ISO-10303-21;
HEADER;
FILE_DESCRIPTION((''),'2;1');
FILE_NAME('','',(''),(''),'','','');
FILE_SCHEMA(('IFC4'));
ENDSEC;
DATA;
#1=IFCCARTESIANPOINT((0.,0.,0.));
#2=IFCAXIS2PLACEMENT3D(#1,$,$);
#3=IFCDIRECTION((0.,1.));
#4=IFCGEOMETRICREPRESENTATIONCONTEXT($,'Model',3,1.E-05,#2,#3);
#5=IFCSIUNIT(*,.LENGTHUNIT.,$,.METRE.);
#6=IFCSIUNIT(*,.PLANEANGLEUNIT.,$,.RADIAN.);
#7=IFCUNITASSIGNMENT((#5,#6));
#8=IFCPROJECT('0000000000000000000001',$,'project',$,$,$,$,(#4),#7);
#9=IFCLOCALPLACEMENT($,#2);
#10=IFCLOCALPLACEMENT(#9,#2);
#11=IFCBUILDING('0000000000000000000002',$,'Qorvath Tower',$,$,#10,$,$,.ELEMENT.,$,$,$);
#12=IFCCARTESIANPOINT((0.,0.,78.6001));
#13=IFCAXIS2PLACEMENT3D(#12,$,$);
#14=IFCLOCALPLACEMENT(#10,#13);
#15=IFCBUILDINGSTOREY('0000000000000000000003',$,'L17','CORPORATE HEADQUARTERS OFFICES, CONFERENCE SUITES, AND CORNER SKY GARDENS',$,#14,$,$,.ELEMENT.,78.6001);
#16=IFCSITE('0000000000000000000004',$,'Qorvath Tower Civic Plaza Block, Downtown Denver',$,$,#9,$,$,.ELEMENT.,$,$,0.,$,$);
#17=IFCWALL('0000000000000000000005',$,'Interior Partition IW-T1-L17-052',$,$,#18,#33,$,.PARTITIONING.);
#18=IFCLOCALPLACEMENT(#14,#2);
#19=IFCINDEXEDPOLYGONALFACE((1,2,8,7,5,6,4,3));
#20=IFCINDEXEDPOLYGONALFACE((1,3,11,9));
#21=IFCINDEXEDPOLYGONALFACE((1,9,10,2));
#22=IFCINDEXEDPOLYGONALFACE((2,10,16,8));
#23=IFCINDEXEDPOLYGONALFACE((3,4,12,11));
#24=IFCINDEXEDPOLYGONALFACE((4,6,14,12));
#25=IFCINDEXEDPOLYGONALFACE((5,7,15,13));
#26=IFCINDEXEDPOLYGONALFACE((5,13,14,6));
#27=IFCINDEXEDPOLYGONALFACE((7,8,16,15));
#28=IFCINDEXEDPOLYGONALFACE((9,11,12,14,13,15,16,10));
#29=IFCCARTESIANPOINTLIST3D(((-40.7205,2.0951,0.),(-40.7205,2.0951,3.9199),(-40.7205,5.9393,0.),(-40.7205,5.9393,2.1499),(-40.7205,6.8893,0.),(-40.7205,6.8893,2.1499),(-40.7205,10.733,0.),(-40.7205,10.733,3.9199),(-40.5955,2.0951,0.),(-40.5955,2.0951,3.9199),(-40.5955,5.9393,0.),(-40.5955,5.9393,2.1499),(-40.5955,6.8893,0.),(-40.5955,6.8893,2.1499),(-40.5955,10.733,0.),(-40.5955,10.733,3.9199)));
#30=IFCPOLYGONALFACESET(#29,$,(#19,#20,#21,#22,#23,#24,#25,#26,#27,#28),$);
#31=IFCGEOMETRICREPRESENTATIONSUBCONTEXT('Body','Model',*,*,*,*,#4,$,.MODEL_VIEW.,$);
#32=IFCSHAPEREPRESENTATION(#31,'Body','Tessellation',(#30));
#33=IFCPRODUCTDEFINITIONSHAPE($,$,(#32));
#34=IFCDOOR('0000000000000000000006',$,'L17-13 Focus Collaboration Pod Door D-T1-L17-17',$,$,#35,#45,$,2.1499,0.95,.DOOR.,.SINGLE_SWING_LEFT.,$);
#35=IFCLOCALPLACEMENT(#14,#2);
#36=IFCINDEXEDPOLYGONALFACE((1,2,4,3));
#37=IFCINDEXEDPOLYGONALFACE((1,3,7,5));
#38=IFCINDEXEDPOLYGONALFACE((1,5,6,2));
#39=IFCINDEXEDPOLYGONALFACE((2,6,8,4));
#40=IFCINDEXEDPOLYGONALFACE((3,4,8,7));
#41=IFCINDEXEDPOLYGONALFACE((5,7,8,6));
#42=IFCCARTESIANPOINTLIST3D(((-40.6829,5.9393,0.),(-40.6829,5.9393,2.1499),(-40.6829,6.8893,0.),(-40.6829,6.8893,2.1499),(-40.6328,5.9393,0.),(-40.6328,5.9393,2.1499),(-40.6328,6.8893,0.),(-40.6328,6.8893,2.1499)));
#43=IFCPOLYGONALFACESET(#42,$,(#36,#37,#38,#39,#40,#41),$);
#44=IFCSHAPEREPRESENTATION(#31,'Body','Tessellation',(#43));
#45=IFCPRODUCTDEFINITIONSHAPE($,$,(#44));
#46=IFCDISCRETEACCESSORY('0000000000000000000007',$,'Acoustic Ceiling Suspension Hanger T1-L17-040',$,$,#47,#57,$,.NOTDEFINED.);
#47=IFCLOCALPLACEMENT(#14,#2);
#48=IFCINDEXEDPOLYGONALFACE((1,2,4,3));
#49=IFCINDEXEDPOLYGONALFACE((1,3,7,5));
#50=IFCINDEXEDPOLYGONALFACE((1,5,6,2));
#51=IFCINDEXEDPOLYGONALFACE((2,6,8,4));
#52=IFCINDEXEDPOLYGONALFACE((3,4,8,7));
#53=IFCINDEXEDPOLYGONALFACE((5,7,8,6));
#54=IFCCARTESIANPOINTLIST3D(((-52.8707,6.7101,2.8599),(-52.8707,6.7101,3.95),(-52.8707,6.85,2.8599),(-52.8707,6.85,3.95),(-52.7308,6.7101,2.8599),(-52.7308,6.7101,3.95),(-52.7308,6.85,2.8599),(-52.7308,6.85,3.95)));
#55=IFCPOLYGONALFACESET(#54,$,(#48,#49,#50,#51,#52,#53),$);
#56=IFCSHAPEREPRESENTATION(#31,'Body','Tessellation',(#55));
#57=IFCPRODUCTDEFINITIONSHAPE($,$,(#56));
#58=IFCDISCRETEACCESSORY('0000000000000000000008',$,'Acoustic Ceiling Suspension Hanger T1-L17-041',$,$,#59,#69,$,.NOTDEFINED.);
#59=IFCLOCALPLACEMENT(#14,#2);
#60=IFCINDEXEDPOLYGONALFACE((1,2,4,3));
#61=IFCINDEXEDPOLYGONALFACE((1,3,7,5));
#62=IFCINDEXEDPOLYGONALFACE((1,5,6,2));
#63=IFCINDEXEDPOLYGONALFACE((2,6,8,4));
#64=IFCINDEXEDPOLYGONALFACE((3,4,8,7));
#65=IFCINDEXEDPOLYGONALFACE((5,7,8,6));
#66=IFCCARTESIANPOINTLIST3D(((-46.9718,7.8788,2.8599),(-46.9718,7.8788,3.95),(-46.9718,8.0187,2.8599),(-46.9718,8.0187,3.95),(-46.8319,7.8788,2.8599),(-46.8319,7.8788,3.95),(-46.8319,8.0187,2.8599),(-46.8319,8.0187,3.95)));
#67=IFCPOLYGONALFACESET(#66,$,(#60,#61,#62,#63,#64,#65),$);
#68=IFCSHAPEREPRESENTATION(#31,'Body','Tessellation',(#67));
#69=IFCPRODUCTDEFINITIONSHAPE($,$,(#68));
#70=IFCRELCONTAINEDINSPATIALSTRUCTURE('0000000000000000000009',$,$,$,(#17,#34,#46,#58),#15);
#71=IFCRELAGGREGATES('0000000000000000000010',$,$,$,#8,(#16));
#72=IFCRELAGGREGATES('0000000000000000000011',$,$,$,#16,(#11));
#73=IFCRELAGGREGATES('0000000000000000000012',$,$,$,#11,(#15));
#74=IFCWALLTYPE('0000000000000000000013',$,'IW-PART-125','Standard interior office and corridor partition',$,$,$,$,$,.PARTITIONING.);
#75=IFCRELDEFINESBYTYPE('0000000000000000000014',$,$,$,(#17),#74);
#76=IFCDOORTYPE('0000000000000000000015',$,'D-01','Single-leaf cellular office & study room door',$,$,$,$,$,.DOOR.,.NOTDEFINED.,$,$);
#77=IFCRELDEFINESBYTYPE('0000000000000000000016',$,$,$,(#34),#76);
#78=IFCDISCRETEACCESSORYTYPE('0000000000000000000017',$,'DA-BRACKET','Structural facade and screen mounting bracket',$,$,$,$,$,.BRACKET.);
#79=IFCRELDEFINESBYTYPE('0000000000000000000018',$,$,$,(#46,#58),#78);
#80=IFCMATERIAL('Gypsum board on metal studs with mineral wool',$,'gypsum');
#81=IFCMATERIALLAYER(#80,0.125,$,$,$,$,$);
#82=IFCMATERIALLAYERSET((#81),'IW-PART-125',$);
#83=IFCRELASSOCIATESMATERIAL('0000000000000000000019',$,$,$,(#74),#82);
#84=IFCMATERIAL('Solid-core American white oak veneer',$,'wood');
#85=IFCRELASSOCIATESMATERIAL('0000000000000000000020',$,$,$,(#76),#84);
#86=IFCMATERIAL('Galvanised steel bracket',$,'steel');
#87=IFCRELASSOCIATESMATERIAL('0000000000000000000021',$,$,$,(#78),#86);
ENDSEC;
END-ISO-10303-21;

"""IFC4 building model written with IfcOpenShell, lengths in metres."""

from ifc_helpers import new_model, si_unit, direction, frame, frame_2d, origin, origin_2d, place, context, subcontext, project, spatial, rectangle, extrude, material, layer, layer_set, type_object, element, fill, save


model = new_model("IFC4")

# Units and contexts
model_context = context("Model", 3, precision=1e-05, world=origin(), true_north=direction((0.0, 1.0)))
body_context = subcontext(model_context, "Body", "Model", "MODEL_VIEW")
ifc_project = project(units=[si_unit("LENGTHUNIT", "METRE"), si_unit("PLANEANGLEUNIT", "RADIAN")], contexts=[model_context])

# Site, building, storey
site_placement = place(None, origin())
site = spatial("IfcSite", under=ifc_project, at=site_placement, Name="Qorvath Tower Civic Plaza Block, Downtown Denver", CompositionType="ELEMENT", RefElevation=0.0)
building_placement = place(site_placement, origin())
building = spatial("IfcBuilding", under=site, at=building_placement, Name="Qorvath Tower", CompositionType="ELEMENT")
storey_placement = place(building_placement, frame((0.0, 0.0, 78.6001)))
storey = spatial("IfcBuildingStorey", under=building, at=storey_placement, Name="L17", Description="CORPORATE HEADQUARTERS OFFICES, CONFERENCE SUITES, AND CORNER SKY GARDENS", CompositionType="ELEMENT", Elevation=78.6001)

# Wall, opening, door
ifc_material_1 = material(Name="Gypsum board on metal studs with mineral wool", Category="gypsum")
ifc_layer_1 = layer(ifc_material_1, 0.125)
ifc_layer_set_1 = layer_set([ifc_layer_1], Name="IW-PART-125")
wall_type_1 = type_object("IfcWallType", Name="IW-PART-125", Description="Standard interior office and corridor partition", PredefinedType="PARTITIONING", material=ifc_layer_set_1)
wall_1_placement = place(storey_placement, frame((-40.658, 2.0952, 0.0), z_axis=(0.0, 0.0, 1.0), x_axis=(0.0, 1.0, 0.0)))
wall_1 = element("IfcWall", 1, at=wall_1_placement, inside=storey, type_object=wall_type_1, Name="Interior Partition IW-T1-L17-052", PredefinedType="PARTITIONING", context=body_context, shape_type="SweptSolid", body=[
    extrude(rectangle(XDim=8.6379, YDim=0.125, at=frame_2d((4.3188, 0.0))), origin(), (0.0, 0.0, 1.0), 3.9199),
])
opening_placement = place(wall_1_placement, frame((3.844, 0.0, 0.0)))
opening = element("IfcOpeningElement", 2, at=opening_placement, cuts=wall_1, PredefinedType="OPENING", context=body_context, shape_type="SweptSolid", body=[
    extrude(rectangle(XDim=0.95, YDim=2.1499, at=frame_2d((0.4751, 1.075))), frame((0.0, 0.0725, 0.0), z_axis=(0.0, -1.0, 0.0), x_axis=(1.0, 0.0, 0.0)), (0.0, 0.0, 1.0), 0.145),
])
ifc_material_2 = material(Name="Solid-core American white oak veneer", Category="wood")
door_type = type_object("IfcDoorType", Name="D-01", Description="Single-leaf cellular office & study room door", OperationType="NOTDEFINED", PredefinedType="DOOR", material=ifc_material_2)
door_placement = place(opening_placement, origin())
door = element("IfcDoor", 3, at=door_placement, inside=storey, type_object=door_type, Name="L17-13 Focus Collaboration Pod Door D-T1-L17-17", OperationType="SINGLE_SWING_LEFT", OverallHeight=2.1499, OverallWidth=0.95, PredefinedType="DOOR", context=body_context, shape_type="SweptSolid", body=[
    extrude(rectangle(XDim=0.95, YDim=2.1499, at=frame_2d((0.4751, 1.075))), frame((0.0, 0.0249, 0.0), z_axis=(0.0, -1.0, 0.0), x_axis=(1.0, 0.0, 0.0)), (0.0, 0.0, 1.0), 0.05),
])
fill(opening, door)

# Discrete accessories
ifc_material_3 = material(Name="Galvanised steel bracket", Category="steel")
discrete_accessory_type = type_object("IfcDiscreteAccessoryType", Name="DA-BRACKET", Description="Structural facade and screen mounting bracket", PredefinedType="BRACKET", material=ifc_material_3)
for number, where, z_axis, x_axis, name in (
    (4, (-52.8008, 6.78, 2.8599), (0.0, 0.0, 1.0), (1.0, 0.0, 0.0), "Acoustic Ceiling Suspension Hanger T1-L17-040"),
    (5, (-46.9019, 7.9487, 2.8599), (0.0, 0.0, 1.0), (1.0, 0.0, 0.0), "Acoustic Ceiling Suspension Hanger T1-L17-041"),
):
    element("IfcDiscreteAccessory", number, at=place(storey_placement, frame(where, z_axis=z_axis, x_axis=x_axis)), inside=storey, type_object=discrete_accessory_type, Name=name, PredefinedType="NOTDEFINED", context=body_context, shape_type="SweptSolid", body=[
        extrude(rectangle(XDim=0.1399, YDim=0.1399, at=origin_2d()), origin(), (0.0, 0.0, 1.0), 1.0901),
    ])

save(model, "model.ifc")
